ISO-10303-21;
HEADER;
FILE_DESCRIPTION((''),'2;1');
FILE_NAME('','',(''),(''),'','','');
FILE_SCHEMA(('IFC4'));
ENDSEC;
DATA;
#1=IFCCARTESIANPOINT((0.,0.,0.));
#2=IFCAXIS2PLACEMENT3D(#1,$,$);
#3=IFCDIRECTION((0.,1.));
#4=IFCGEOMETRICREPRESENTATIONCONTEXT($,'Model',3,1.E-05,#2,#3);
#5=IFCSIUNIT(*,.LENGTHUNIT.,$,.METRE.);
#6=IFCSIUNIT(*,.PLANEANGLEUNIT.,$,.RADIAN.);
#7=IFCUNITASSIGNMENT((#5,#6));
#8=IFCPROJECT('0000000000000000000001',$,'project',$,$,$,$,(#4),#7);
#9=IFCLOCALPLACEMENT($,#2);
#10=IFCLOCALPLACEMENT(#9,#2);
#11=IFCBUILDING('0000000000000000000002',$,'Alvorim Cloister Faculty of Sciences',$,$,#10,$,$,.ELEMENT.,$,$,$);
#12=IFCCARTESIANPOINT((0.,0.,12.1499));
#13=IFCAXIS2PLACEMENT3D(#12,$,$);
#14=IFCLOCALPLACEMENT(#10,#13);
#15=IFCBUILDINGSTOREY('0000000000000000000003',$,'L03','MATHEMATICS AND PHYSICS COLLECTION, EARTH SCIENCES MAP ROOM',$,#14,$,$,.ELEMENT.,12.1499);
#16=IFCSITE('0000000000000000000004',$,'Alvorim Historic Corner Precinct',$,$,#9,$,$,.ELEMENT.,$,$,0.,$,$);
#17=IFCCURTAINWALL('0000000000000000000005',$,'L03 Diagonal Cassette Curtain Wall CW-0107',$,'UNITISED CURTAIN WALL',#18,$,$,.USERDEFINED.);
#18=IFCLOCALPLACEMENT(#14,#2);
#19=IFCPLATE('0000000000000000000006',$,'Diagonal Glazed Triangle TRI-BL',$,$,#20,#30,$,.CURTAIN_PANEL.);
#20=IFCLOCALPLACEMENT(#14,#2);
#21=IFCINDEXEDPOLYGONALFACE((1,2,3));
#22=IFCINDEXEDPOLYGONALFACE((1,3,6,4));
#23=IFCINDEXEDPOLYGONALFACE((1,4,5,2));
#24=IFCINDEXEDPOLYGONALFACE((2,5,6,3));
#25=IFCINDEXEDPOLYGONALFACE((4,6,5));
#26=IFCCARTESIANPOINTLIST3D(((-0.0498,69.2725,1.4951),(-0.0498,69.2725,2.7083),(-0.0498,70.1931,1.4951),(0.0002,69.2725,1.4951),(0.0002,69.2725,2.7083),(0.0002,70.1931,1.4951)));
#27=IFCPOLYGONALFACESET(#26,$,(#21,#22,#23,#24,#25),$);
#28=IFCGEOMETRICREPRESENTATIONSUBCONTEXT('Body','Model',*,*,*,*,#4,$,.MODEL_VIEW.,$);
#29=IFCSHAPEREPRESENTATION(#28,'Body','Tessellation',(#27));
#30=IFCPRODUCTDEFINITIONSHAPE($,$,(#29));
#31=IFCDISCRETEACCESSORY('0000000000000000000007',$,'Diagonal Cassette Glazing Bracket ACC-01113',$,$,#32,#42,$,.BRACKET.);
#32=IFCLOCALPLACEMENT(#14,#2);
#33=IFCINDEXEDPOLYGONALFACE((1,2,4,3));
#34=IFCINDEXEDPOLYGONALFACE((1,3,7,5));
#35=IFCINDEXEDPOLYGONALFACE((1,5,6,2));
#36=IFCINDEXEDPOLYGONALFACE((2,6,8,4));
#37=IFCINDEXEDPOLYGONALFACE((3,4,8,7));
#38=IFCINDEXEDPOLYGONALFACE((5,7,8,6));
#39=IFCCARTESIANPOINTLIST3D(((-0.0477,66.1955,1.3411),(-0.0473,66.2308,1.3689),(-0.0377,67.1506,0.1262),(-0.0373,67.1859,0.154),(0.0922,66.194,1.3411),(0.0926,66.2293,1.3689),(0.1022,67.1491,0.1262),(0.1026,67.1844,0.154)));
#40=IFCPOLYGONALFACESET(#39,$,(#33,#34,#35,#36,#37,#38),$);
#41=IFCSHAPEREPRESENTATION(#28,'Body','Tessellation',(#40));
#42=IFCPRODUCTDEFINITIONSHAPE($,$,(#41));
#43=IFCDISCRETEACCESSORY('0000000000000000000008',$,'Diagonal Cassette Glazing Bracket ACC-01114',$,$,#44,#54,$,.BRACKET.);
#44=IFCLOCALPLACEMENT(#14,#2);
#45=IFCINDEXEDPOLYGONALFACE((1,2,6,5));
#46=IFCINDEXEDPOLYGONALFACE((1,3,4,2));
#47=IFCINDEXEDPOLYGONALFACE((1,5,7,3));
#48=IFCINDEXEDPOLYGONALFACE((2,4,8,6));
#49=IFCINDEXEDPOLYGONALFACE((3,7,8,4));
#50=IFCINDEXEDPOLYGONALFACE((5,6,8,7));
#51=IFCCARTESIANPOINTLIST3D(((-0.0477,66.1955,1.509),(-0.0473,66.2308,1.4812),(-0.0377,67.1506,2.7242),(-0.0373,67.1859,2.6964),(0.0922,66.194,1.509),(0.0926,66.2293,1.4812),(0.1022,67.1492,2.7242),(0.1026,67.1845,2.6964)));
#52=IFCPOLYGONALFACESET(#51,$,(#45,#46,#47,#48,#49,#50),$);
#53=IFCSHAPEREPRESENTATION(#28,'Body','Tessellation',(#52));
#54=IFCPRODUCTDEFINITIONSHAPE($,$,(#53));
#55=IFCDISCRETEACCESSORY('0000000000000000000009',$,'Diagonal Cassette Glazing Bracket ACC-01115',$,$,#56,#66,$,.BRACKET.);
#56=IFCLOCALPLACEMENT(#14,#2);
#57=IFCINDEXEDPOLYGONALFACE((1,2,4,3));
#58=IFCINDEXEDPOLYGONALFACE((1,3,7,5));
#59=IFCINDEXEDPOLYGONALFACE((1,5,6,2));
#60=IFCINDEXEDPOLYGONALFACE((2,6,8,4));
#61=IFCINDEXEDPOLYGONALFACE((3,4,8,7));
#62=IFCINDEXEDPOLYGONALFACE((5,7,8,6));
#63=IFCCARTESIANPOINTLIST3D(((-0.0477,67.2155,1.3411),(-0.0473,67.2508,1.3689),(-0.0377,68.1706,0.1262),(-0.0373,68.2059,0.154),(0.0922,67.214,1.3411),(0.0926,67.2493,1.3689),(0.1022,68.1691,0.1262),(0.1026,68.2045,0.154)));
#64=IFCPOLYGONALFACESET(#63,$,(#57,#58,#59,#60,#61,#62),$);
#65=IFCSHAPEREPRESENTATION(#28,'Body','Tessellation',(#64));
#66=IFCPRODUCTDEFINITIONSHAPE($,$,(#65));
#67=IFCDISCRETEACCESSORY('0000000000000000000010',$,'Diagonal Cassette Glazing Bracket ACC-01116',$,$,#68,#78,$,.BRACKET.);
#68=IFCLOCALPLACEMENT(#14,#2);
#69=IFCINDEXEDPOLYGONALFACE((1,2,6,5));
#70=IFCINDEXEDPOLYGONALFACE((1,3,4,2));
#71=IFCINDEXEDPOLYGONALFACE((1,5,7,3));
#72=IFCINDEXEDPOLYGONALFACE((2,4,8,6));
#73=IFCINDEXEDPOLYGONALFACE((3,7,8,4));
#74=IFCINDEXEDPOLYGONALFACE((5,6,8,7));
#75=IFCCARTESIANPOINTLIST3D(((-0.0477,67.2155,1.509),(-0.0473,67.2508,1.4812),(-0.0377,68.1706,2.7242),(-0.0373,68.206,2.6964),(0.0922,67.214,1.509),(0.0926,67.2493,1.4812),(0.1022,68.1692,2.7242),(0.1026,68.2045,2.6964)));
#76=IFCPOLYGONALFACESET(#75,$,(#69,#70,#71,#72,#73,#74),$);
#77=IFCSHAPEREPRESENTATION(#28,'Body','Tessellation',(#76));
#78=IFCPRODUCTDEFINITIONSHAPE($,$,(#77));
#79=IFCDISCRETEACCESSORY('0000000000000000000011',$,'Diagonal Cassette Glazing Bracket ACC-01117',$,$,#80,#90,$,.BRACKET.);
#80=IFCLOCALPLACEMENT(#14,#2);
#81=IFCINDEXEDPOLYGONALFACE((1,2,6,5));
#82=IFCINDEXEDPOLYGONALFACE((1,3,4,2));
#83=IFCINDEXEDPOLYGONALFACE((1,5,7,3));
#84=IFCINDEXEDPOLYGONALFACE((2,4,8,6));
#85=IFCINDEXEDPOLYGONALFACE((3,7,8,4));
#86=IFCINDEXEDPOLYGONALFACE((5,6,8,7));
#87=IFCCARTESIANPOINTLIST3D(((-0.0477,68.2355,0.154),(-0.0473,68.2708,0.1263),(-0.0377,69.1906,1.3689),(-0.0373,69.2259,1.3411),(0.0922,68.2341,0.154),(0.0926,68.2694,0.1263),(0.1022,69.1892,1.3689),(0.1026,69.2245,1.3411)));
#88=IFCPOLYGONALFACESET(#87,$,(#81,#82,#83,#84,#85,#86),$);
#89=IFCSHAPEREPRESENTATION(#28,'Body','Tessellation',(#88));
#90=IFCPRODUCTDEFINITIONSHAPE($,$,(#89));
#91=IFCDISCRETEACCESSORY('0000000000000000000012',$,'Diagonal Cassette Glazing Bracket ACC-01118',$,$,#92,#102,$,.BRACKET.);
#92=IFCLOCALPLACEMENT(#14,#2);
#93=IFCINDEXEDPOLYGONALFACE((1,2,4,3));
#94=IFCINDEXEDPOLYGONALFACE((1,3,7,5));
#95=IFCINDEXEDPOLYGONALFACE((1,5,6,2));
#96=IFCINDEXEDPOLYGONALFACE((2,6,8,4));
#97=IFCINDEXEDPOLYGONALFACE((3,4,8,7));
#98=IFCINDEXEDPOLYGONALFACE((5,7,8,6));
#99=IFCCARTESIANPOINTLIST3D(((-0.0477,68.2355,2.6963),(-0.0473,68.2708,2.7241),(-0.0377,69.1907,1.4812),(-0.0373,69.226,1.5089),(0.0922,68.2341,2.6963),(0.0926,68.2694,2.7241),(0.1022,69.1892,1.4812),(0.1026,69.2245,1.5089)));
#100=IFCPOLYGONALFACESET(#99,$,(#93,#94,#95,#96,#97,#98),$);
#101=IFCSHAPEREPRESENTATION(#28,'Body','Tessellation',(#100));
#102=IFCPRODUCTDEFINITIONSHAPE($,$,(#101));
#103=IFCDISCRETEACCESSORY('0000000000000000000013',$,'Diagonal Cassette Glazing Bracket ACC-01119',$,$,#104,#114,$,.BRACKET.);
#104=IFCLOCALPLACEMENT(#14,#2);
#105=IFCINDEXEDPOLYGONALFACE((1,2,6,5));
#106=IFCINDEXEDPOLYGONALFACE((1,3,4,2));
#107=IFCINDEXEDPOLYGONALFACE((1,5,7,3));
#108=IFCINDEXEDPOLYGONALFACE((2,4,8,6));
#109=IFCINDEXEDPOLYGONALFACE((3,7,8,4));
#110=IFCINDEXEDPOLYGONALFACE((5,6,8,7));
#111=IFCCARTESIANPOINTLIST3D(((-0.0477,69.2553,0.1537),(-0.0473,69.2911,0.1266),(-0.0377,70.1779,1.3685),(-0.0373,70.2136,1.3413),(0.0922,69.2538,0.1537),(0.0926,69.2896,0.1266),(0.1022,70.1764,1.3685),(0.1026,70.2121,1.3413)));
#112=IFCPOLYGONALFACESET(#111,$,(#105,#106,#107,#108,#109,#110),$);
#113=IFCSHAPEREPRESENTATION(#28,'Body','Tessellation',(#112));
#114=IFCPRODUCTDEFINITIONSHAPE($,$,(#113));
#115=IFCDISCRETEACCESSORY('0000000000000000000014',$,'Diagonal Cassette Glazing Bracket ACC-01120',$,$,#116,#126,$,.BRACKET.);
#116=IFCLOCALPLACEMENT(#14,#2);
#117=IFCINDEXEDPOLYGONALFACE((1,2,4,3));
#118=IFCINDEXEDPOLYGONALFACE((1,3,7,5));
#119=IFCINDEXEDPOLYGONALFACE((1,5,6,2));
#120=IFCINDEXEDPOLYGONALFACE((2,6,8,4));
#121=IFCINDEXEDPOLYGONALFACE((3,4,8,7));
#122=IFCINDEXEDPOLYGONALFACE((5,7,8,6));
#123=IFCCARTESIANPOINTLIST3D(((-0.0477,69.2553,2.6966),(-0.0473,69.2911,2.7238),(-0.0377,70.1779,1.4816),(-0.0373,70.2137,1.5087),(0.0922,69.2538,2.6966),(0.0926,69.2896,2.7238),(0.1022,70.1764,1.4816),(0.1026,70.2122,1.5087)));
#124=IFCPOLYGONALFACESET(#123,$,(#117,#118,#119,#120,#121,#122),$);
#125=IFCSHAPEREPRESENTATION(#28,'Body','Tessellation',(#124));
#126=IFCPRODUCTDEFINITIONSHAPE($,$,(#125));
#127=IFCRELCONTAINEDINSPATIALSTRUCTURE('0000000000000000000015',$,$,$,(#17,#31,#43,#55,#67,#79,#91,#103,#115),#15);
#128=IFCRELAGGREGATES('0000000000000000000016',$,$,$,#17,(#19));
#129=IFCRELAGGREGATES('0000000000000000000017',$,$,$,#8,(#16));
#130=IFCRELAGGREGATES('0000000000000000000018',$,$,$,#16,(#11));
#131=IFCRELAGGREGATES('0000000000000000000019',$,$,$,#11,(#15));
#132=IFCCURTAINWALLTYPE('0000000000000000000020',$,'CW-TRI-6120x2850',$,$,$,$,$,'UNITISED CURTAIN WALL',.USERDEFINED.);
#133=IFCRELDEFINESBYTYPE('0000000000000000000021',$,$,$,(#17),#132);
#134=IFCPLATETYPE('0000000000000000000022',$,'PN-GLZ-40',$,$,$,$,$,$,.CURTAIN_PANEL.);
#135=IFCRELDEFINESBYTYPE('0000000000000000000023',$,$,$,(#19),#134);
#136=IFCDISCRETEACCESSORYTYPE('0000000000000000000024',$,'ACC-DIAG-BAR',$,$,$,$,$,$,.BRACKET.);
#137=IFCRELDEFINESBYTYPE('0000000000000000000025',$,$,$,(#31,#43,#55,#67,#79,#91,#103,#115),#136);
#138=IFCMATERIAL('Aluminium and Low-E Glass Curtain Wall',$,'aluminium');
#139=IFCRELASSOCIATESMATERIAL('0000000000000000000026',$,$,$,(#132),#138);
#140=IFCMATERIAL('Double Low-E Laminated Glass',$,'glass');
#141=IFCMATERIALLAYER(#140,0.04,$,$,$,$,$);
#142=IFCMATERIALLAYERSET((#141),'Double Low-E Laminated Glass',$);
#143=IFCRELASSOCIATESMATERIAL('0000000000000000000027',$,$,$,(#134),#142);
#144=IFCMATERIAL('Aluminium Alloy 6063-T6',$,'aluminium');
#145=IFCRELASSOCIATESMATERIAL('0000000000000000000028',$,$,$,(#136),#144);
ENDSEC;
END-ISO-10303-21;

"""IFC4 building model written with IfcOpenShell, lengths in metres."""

from ifc_helpers import new_model, si_unit, direction, frame, origin, origin_2d, place, context, subcontext, project, spatial, polyline, rectangle, outline, extrude, material, layer, layer_set, type_object, element, aggregate, save


model = new_model("IFC4")

# Units and contexts
model_context = context("Model", 3, precision=1e-05, world=origin(), true_north=direction((0.0, 1.0)))
body_context = subcontext(model_context, "Body", "Model", "MODEL_VIEW")
ifc_project = project(units=[si_unit("LENGTHUNIT", "METRE"), si_unit("PLANEANGLEUNIT", "RADIAN")], contexts=[model_context])

# Site, building, storey
site_placement = place(None, origin())
site = spatial("IfcSite", under=ifc_project, at=site_placement, Name="Alvorim Historic Corner Precinct", CompositionType="ELEMENT", RefElevation=0.0)
building_placement = place(site_placement, origin())
building = spatial("IfcBuilding", under=site, at=building_placement, Name="Alvorim Cloister Faculty of Sciences", CompositionType="ELEMENT")
storey_placement = place(building_placement, frame((0.0, 0.0, 12.1499)))
storey = spatial("IfcBuildingStorey", under=building, at=storey_placement, Name="L03", Description="MATHEMATICS AND PHYSICS COLLECTION, EARTH SCIENCES MAP ROOM", CompositionType="ELEMENT", Elevation=12.1499)

# Curtain wall, plate
ifc_material_1 = material(Name="Aluminium and Low-E Glass Curtain Wall", Category="aluminium")
curtain_wall_type = type_object("IfcCurtainWallType", Name="CW-TRI-6120x2850", ElementType="UNITISED CURTAIN WALL", PredefinedType="USERDEFINED", material=ifc_material_1)
curtain_wall_placement = place(storey_placement, origin())
curtain_wall = element("IfcCurtainWall", 1, at=curtain_wall_placement, inside=storey, type_object=curtain_wall_type, Name="L03 Diagonal Cassette Curtain Wall CW-0107", ObjectType="UNITISED CURTAIN WALL", PredefinedType="USERDEFINED")
ifc_material_2 = material(Name="Aluminium Alloy 6063-T6", Category="aluminium")
ifc_material_3 = material(Name="Double Low-E Laminated Glass", Category="glass")
ifc_layer = layer(ifc_material_3, 0.04)
ifc_layer_set = layer_set([ifc_layer], Name="Double Low-E Laminated Glass")
plate_type = type_object("IfcPlateType", Name="PN-GLZ-40", PredefinedType="CURTAIN_PANEL", material=ifc_layer_set)
plate_1_placement = place(storey_placement, frame((-0.0249, 69.2725, 1.4951), z_axis=(0.0, 0.0, 1.0), x_axis=(0.0, 1.0, 0.0)))
plate_1 = element("IfcPlate", 2, at=plate_1_placement, type_object=plate_type, Name="Diagonal Glazed Triangle TRI-BL", PredefinedType="CURTAIN_PANEL", context=body_context, shape_type="SweptSolid", body=[
    extrude(outline(polyline([(0.0, 0.0), (0.9207, 0.0), (0.0, 1.2131), (0.0, 0.0)])), frame((0.0, 0.0249, 0.0), z_axis=(0.0, -1.0, 0.0), x_axis=(1.0, 0.0, 0.0)), (0.0, 0.0, 1.0), 0.05),
])
aggregate(curtain_wall, [plate_1])

# Discrete accessories
discrete_accessory_type = type_object("IfcDiscreteAccessoryType", Name="ACC-DIAG-BAR", PredefinedType="BRACKET", material=ifc_material_2)
discrete_accessory_1_placement = place(storey_placement, frame((0.0225, 66.2124, 1.355), z_axis=(0.006477, 0.618032, -0.786126), x_axis=(-0.999945, 0.01048, 0.0)))
element("IfcDiscreteAccessory", 3, at=discrete_accessory_1_placement, inside=storey, type_object=discrete_accessory_type, Name="Diagonal Cassette Glazing Bracket ACC-01113", PredefinedType="BRACKET", context=body_context, shape_type="SweptSolid", body=[
    extrude(rectangle(XDim=0.1399, YDim=0.0449, at=origin_2d()), origin(), (0.0, 0.0, 1.0), 1.5454),
])
discrete_accessory_2_placement = place(storey_placement, frame((0.0225, 66.2124, 1.4951), z_axis=(0.006477, 0.617955, 0.786187), x_axis=(-0.999945, 0.01048, 0.0)))
element("IfcDiscreteAccessory", 4, at=discrete_accessory_2_placement, inside=storey, type_object=discrete_accessory_type, Name="Diagonal Cassette Glazing Bracket ACC-01114", PredefinedType="BRACKET", context=body_context, shape_type="SweptSolid", body=[
    extrude(rectangle(XDim=0.1399, YDim=0.0449, at=origin_2d()), origin(), (0.0, 0.0, 1.0), 1.5457),
])
discrete_accessory_3_placement = place(storey_placement, frame((0.0225, 67.2324, 1.355), z_axis=(0.006477, 0.618032, -0.786126), x_axis=(-0.999945, 0.01048, 0.0)))
element("IfcDiscreteAccessory", 5, at=discrete_accessory_3_placement, inside=storey, type_object=discrete_accessory_type, Name="Diagonal Cassette Glazing Bracket ACC-01115", PredefinedType="BRACKET", context=body_context, shape_type="SweptSolid", body=[
    extrude(rectangle(XDim=0.1399, YDim=0.0449, at=origin_2d()), origin(), (0.0, 0.0, 1.0), 1.5454),
])
discrete_accessory_4_placement = place(storey_placement, frame((0.0225, 67.2324, 1.4951), z_axis=(0.006477, 0.617955, 0.786187), x_axis=(-0.999945, 0.01048, 0.0)))
element("IfcDiscreteAccessory", 6, at=discrete_accessory_4_placement, inside=storey, type_object=discrete_accessory_type, Name="Diagonal Cassette Glazing Bracket ACC-01116", PredefinedType="BRACKET", context=body_context, shape_type="SweptSolid", body=[
    extrude(rectangle(XDim=0.1399, YDim=0.0449, at=origin_2d()), origin(), (0.0, 0.0, 1.0), 1.5457),
])
discrete_accessory_5_placement = place(storey_placement, frame((0.0225, 68.2524, 0.1401), z_axis=(0.006477, 0.618032, 0.786126), x_axis=(-0.999945, 0.01048, 0.0)))
element("IfcDiscreteAccessory", 7, at=discrete_accessory_5_placement, inside=storey, type_object=discrete_accessory_type, Name="Diagonal Cassette Glazing Bracket ACC-01117", PredefinedType="BRACKET", context=body_context, shape_type="SweptSolid", body=[
    extrude(rectangle(XDim=0.1399, YDim=0.0449, at=origin_2d()), origin(), (0.0, 0.0, 1.0), 1.5454),
])
discrete_accessory_6_placement = place(storey_placement, frame((0.0225, 68.2524, 2.7102), z_axis=(0.006477, 0.617955, -0.786187), x_axis=(-0.999945, 0.01048, 0.0)))
element("IfcDiscreteAccessory", 8, at=discrete_accessory_6_placement, inside=storey, type_object=discrete_accessory_type, Name="Diagonal Cassette Glazing Bracket ACC-01118", PredefinedType="BRACKET", context=body_context, shape_type="SweptSolid", body=[
    extrude(rectangle(XDim=0.1399, YDim=0.0449, at=origin_2d()), origin(), (0.0, 0.0, 1.0), 1.5457),
])
discrete_accessory_7_placement = place(storey_placement, frame((0.0225, 69.2725, 0.1401), z_axis=(0.006562, 0.60479, 0.796358), x_axis=(-0.999941, 0.010849, 0.0)))
element("IfcDiscreteAccessory", 9, at=discrete_accessory_7_placement, inside=storey, type_object=discrete_accessory_type, Name="Diagonal Cassette Glazing Bracket ACC-01119", PredefinedType="BRACKET", context=body_context, shape_type="SweptSolid", body=[
    extrude(rectangle(XDim=0.1399, YDim=0.0449, at=origin_2d()), origin(), (0.0, 0.0, 1.0), 1.5254),
])
discrete_accessory_8_placement = place(storey_placement, frame((0.0225, 69.2725, 2.7102), z_axis=(0.006561, 0.604713, -0.796416), x_axis=(-0.999941, 0.010849, 0.0)))
element("IfcDiscreteAccessory", 10, at=discrete_accessory_8_placement, inside=storey, type_object=discrete_accessory_type, Name="Diagonal Cassette Glazing Bracket ACC-01120", PredefinedType="BRACKET", context=body_context, shape_type="SweptSolid", body=[
    extrude(rectangle(XDim=0.1399, YDim=0.0449, at=origin_2d()), origin(), (0.0, 0.0, 1.0), 1.5256),
])

save(model, "model.ifc")
